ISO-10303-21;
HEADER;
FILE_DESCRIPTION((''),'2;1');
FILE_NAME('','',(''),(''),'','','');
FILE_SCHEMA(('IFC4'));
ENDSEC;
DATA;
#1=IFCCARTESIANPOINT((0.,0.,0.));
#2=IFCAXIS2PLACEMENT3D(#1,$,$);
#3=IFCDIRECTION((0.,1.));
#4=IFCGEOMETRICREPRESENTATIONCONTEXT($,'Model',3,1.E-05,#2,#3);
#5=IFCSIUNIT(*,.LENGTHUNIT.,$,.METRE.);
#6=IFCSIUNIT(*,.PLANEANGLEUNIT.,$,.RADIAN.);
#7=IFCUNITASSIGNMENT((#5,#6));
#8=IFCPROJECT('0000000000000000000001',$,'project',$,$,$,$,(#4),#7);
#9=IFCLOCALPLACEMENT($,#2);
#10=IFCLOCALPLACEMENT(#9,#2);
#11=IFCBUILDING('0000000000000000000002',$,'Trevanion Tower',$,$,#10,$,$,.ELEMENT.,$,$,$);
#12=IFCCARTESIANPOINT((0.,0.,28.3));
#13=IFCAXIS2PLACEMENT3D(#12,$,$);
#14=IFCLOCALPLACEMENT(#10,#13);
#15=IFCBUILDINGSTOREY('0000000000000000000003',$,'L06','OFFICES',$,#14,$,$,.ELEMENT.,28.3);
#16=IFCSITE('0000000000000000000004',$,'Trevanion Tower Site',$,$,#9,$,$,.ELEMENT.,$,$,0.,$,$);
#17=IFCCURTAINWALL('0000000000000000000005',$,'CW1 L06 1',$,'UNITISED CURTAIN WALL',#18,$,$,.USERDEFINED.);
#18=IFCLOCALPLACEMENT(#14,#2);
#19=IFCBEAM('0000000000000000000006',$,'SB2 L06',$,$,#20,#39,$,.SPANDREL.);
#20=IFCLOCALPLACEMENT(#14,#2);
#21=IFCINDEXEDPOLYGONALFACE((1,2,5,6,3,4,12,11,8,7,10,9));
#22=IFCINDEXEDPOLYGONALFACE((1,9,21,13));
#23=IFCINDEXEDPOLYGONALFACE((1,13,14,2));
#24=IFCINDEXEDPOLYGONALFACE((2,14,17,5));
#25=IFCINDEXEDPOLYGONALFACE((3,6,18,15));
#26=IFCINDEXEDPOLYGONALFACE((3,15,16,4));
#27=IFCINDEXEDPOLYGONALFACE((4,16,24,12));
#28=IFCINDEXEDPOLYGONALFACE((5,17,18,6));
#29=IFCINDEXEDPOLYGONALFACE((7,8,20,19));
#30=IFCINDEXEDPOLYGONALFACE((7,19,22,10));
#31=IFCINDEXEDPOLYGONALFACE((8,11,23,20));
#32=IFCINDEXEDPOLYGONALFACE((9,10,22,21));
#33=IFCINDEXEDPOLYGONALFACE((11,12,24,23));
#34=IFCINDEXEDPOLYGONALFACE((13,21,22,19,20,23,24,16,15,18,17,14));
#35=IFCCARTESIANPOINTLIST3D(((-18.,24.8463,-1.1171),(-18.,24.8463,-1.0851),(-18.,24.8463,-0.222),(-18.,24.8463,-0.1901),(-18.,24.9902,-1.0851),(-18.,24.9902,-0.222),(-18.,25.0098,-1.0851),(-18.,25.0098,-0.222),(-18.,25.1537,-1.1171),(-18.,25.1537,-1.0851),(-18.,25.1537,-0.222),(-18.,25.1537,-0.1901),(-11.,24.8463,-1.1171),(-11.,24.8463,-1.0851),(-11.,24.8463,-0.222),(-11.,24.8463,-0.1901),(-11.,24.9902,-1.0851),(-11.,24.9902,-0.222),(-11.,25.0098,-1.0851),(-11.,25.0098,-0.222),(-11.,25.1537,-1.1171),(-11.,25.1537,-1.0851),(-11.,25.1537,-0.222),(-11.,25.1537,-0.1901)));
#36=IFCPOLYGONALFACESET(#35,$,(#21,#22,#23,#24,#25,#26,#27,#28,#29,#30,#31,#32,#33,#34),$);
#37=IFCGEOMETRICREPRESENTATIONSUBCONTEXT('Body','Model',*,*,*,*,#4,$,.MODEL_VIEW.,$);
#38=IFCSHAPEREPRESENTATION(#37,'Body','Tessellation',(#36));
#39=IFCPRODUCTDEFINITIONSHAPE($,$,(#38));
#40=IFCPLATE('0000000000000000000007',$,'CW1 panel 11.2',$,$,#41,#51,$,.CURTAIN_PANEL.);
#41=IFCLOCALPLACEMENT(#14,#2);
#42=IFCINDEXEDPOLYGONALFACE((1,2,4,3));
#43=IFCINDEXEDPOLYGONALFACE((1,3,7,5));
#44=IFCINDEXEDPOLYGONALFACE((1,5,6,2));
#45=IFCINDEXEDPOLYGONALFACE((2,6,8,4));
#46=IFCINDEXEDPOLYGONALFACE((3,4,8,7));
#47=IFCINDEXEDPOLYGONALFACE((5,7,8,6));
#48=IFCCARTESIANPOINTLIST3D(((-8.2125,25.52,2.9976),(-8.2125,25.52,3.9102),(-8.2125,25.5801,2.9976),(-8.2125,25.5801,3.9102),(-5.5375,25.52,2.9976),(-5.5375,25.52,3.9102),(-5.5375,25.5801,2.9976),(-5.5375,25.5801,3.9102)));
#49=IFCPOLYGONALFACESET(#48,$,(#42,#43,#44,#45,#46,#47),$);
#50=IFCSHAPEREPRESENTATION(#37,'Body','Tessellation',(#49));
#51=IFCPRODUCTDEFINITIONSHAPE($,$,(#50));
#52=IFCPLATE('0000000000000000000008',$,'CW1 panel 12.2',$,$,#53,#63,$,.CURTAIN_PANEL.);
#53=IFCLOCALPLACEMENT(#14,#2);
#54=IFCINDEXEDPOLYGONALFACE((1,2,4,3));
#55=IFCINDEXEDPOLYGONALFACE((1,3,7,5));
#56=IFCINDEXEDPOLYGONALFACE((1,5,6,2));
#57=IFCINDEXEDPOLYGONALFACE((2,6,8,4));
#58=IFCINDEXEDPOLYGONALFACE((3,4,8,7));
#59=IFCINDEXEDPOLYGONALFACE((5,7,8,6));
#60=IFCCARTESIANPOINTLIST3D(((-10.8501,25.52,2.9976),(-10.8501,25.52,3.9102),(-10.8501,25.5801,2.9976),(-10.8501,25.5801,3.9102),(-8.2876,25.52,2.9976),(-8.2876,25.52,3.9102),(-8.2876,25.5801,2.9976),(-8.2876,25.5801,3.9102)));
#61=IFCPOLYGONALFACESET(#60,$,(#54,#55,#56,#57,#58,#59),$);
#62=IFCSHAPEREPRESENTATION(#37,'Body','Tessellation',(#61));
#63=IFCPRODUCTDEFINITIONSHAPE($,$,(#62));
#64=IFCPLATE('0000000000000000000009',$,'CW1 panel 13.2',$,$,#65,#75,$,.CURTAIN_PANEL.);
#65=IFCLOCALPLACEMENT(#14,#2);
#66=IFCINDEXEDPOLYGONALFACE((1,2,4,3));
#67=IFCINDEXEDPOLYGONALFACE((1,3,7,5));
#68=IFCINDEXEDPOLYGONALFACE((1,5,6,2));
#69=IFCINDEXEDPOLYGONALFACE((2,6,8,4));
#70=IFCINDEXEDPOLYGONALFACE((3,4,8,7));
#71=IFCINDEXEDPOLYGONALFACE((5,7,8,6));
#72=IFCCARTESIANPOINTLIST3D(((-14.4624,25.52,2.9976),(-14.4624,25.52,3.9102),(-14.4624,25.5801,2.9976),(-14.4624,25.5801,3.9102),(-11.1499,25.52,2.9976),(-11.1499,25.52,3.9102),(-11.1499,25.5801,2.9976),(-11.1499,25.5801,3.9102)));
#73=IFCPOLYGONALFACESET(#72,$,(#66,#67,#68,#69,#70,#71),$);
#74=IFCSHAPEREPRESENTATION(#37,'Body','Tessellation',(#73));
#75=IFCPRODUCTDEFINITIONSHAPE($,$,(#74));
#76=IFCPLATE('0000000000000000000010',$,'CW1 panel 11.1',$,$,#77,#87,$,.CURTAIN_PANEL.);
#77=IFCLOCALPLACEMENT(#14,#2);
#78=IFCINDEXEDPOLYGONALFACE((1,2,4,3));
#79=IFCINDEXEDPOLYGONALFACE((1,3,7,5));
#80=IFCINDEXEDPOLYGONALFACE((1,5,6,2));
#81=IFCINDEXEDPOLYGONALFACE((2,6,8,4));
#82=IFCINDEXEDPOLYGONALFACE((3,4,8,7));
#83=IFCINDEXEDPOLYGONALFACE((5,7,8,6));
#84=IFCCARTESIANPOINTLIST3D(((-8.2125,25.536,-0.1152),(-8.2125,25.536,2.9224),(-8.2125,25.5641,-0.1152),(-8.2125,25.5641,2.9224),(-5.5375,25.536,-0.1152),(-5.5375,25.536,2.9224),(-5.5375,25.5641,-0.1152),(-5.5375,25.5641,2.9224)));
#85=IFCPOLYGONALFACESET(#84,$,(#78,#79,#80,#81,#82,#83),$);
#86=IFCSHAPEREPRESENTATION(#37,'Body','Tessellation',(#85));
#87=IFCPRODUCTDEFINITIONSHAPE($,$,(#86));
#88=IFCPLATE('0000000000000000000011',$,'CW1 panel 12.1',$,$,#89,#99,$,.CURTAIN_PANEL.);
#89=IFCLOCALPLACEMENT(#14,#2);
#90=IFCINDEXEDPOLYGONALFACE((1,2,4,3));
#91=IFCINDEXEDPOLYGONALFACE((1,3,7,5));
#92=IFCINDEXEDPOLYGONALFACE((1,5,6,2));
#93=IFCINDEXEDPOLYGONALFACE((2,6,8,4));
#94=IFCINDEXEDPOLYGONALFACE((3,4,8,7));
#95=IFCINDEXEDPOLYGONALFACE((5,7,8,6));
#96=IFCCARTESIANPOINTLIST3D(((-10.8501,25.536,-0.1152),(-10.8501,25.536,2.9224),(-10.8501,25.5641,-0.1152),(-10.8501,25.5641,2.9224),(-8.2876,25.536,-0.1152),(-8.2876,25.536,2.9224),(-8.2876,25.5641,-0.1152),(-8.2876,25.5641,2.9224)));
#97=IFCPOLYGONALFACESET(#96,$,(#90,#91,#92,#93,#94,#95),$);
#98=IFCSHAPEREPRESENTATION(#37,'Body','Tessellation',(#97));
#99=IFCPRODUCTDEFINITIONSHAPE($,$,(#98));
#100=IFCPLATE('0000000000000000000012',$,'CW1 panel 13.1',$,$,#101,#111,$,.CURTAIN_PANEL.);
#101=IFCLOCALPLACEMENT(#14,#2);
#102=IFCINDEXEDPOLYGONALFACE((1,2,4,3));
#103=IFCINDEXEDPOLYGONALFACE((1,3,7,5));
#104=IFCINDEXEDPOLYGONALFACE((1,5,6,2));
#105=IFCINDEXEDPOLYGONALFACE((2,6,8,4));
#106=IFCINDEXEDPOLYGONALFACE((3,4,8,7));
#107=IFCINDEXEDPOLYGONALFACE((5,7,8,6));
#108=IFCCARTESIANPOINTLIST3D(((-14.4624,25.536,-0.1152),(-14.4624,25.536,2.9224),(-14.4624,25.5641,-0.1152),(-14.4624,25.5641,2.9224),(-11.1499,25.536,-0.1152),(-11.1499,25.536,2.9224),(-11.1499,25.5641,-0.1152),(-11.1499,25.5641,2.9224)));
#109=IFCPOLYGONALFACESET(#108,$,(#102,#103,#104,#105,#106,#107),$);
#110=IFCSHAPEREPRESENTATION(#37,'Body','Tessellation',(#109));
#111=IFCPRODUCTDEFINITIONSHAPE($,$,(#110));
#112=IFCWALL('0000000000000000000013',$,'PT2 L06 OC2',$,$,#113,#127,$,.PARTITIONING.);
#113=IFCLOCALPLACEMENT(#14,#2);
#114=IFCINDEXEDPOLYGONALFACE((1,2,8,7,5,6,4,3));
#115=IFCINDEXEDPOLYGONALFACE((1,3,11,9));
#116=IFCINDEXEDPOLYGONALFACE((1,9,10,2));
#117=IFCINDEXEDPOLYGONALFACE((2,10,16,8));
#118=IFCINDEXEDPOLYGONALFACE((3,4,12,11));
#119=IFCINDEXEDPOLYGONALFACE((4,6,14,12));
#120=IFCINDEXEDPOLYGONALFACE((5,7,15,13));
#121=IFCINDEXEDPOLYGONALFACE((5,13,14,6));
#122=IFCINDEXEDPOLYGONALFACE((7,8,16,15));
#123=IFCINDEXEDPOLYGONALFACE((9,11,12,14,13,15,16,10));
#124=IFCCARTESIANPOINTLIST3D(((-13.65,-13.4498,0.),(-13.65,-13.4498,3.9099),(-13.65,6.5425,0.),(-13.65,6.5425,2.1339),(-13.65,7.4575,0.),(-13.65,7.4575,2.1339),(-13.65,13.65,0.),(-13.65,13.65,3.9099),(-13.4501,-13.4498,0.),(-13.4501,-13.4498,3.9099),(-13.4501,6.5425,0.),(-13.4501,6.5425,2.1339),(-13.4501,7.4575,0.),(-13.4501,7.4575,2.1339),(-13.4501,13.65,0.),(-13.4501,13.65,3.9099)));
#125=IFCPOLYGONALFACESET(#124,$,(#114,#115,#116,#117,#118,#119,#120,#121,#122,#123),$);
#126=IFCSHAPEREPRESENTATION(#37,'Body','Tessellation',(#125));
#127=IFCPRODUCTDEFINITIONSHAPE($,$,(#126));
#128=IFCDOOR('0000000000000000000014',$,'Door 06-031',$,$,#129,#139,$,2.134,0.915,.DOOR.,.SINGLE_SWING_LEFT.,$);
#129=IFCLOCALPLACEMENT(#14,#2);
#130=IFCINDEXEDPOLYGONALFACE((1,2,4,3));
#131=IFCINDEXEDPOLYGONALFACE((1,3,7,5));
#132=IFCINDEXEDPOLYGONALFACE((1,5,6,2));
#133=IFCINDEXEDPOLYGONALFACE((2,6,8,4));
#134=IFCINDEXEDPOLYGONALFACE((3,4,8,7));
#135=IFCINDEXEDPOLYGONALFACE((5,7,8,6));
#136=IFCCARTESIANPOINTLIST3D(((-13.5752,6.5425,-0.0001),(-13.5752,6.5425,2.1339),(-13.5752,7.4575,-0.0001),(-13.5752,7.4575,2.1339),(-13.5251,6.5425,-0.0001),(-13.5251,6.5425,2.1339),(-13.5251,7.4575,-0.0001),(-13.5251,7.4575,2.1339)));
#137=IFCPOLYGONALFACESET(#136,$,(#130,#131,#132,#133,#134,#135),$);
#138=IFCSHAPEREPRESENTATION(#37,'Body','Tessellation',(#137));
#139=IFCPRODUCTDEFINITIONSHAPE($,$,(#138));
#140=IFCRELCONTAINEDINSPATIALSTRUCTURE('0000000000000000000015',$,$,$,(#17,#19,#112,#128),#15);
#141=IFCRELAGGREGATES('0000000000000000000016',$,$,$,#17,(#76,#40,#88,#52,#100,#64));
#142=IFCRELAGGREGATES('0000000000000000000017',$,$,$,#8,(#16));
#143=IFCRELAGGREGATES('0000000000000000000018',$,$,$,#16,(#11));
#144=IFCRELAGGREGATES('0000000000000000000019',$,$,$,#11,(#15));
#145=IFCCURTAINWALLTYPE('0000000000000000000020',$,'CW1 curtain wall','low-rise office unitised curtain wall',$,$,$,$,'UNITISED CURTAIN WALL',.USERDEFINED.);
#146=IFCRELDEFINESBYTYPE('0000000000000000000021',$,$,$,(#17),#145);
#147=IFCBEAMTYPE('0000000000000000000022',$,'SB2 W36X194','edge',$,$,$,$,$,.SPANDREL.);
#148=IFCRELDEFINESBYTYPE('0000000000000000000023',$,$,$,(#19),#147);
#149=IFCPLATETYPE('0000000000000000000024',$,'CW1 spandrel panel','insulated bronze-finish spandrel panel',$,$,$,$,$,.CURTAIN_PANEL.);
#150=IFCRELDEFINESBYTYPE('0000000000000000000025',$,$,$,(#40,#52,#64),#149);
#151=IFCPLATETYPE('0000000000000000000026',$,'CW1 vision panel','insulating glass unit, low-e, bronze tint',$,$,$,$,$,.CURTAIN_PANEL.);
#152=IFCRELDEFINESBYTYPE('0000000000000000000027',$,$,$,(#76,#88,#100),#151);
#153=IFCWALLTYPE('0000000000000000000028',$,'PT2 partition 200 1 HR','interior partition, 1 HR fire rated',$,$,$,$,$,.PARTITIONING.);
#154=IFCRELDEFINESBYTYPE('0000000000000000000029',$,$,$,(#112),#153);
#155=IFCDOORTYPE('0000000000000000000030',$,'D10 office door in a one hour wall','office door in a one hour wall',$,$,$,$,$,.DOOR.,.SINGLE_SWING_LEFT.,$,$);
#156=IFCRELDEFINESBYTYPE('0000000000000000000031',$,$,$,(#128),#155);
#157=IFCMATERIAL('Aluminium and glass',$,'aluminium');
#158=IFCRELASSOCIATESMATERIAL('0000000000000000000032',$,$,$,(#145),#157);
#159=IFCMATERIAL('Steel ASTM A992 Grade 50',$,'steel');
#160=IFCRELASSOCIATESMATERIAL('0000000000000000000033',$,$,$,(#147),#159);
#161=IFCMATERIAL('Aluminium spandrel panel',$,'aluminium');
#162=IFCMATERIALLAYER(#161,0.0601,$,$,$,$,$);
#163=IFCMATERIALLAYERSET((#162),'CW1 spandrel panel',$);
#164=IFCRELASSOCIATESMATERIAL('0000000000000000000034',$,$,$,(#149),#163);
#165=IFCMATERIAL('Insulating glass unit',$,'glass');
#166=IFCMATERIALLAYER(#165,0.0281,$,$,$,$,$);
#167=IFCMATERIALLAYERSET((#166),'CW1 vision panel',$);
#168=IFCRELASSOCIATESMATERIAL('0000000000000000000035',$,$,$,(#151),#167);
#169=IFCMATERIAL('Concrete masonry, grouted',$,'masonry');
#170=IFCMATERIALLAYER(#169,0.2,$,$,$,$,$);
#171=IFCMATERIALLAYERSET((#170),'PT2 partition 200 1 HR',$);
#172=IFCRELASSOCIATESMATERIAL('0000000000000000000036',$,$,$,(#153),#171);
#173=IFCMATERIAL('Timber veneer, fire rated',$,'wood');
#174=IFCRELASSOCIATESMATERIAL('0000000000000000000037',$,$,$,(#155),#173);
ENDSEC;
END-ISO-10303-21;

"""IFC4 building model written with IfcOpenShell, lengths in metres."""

from ifc_helpers import new_model, si_unit, direction, frame, frame_2d, origin, origin_2d, place, context, subcontext, project, spatial, rectangle, i_section, extrude, material, layer, layer_set, material_profile, profile_set, type_object, element, fill, aggregate, save


model = new_model("IFC4")

# Units and contexts
model_context = context("Model", 3, precision=1e-05, world=origin(), true_north=direction((0.0, 1.0)))
body_context = subcontext(model_context, "Body", "Model", "MODEL_VIEW")
ifc_project = project(units=[si_unit("LENGTHUNIT", "METRE"), si_unit("PLANEANGLEUNIT", "RADIAN")], contexts=[model_context])

# Site, building, storey
site_placement = place(None, origin())
site = spatial("IfcSite", under=ifc_project, at=site_placement, Name="Trevanion Tower Site", CompositionType="ELEMENT", RefElevation=0.0)
building_placement = place(site_placement, origin())
building = spatial("IfcBuilding", under=site, at=building_placement, Name="Trevanion Tower", CompositionType="ELEMENT")
storey_placement = place(building_placement, frame((0.0, 0.0, 28.3)))
storey = spatial("IfcBuildingStorey", under=building, at=storey_placement, Name="L06", Description="OFFICES", CompositionType="ELEMENT", Elevation=28.3)

# Curtain wall
ifc_material_1 = material(Name="Aluminium and glass", Category="aluminium")
curtain_wall_type = type_object("IfcCurtainWallType", Name="CW1 curtain wall", Description="low-rise office unitised curtain wall", ElementType="UNITISED CURTAIN WALL", PredefinedType="USERDEFINED", material=ifc_material_1)
curtain_wall_placement = place(storey_placement, origin())
curtain_wall = element("IfcCurtainWall", 1, at=curtain_wall_placement, inside=storey, type_object=curtain_wall_type, Name="CW1 L06 1", ObjectType="UNITISED CURTAIN WALL", PredefinedType="USERDEFINED")

# Beam
ifc_material_2 = material(Name="Steel ASTM A992 Grade 50", Category="steel")
ifc_material_profile_1 = material_profile(ifc_material_2, i_section(OverallWidth=0.3074, OverallDepth=0.927, WebThickness=0.0195, FlangeThickness=0.032, at=origin_2d()), Name="W36X194")
ifc_profile_set_1 = profile_set([ifc_material_profile_1], Name="Steel ASTM A992 Grade 50")
beam_type_1 = type_object("IfcBeamType", Name="SB2 W36X194", Description="edge", PredefinedType="SPANDREL", material=ifc_profile_set_1)
beam_placement = place(storey_placement, frame((-11.0, 25.0, -0.6536), z_axis=(-1.0, 0.0, 0.0), x_axis=(0.0, -1.0, 0.0)))
element("IfcBeam", 2, at=beam_placement, inside=storey, type_object=beam_type_1, Name="SB2 L06", PredefinedType="SPANDREL", context=body_context, shape_type="SweptSolid", body=[
    extrude(i_section(OverallWidth=0.3074, OverallDepth=0.927, WebThickness=0.0195, FlangeThickness=0.032, at=origin_2d()), origin(), (0.0, 0.0, 1.0), 7.0),
])

# Plates
ifc_material_3 = material(Name="Aluminium spandrel panel", Category="aluminium")
ifc_layer_1 = layer(ifc_material_3, 0.0601)
ifc_layer_set_1 = layer_set([ifc_layer_1], Name="CW1 spandrel panel")
plate_type_1 = type_object("IfcPlateType", Name="CW1 spandrel panel", Description="insulated bronze-finish spandrel panel", PredefinedType="CURTAIN_PANEL", material=ifc_layer_set_1)
plate_1_placement = place(storey_placement, frame((-6.875, 25.55, 2.9976), z_axis=(0.0, 0.0, 1.0), x_axis=(-1.0, 0.0, 0.0)))
plate_1 = element("IfcPlate", 3, at=plate_1_placement, type_object=plate_type_1, Name="CW1 panel 11.2", PredefinedType="CURTAIN_PANEL", context=body_context, shape_type="SweptSolid", body=[
    extrude(rectangle(XDim=2.675, YDim=0.0601, at=origin_2d()), origin(), (0.0, 0.0, 1.0), 0.9126),
])
plate_2_placement = place(storey_placement, frame((-9.5688, 25.55, 2.9976), z_axis=(0.0, 0.0, 1.0), x_axis=(-1.0, 0.0, 0.0)))
plate_2 = element("IfcPlate", 4, at=plate_2_placement, type_object=plate_type_1, Name="CW1 panel 12.2", PredefinedType="CURTAIN_PANEL", context=body_context, shape_type="SweptSolid", body=[
    extrude(rectangle(XDim=2.5625, YDim=0.0601, at=origin_2d()), origin(), (0.0, 0.0, 1.0), 0.9126),
])
plate_3_placement = place(storey_placement, frame((-12.8062, 25.55, 2.9976), z_axis=(0.0, 0.0, 1.0), x_axis=(-1.0, 0.0, 0.0)))
plate_3 = element("IfcPlate", 5, at=plate_3_placement, type_object=plate_type_1, Name="CW1 panel 13.2", PredefinedType="CURTAIN_PANEL", context=body_context, shape_type="SweptSolid", body=[
    extrude(rectangle(XDim=3.3125, YDim=0.0601, at=origin_2d()), origin(), (0.0, 0.0, 1.0), 0.9126),
])
ifc_material_4 = material(Name="Insulating glass unit", Category="glass")
ifc_layer_2 = layer(ifc_material_4, 0.0281)
ifc_layer_set_2 = layer_set([ifc_layer_2], Name="CW1 vision panel")
plate_type_2 = type_object("IfcPlateType", Name="CW1 vision panel", Description="insulating glass unit, low-e, bronze tint", PredefinedType="CURTAIN_PANEL", material=ifc_layer_set_2)
plate_4_placement = place(storey_placement, frame((-6.875, 25.55, -0.1152), z_axis=(0.0, 0.0, 1.0), x_axis=(-1.0, 0.0, 0.0)))
plate_4 = element("IfcPlate", 6, at=plate_4_placement, type_object=plate_type_2, Name="CW1 panel 11.1", PredefinedType="CURTAIN_PANEL", context=body_context, shape_type="SweptSolid", body=[
    extrude(rectangle(XDim=2.675, YDim=0.0281, at=origin_2d()), origin(), (0.0, 0.0, 1.0), 3.0376),
])
plate_5_placement = place(storey_placement, frame((-9.5688, 25.55, -0.1152), z_axis=(0.0, 0.0, 1.0), x_axis=(-1.0, 0.0, 0.0)))
plate_5 = element("IfcPlate", 7, at=plate_5_placement, type_object=plate_type_2, Name="CW1 panel 12.1", PredefinedType="CURTAIN_PANEL", context=body_context, shape_type="SweptSolid", body=[
    extrude(rectangle(XDim=2.5625, YDim=0.0281, at=origin_2d()), origin(), (0.0, 0.0, 1.0), 3.0376),
])
plate_6_placement = place(storey_placement, frame((-12.8062, 25.55, -0.1152), z_axis=(0.0, 0.0, 1.0), x_axis=(-1.0, 0.0, 0.0)))
plate_6 = element("IfcPlate", 8, at=plate_6_placement, type_object=plate_type_2, Name="CW1 panel 13.1", PredefinedType="CURTAIN_PANEL", context=body_context, shape_type="SweptSolid", body=[
    extrude(rectangle(XDim=3.3125, YDim=0.0281, at=origin_2d()), origin(), (0.0, 0.0, 1.0), 3.0376),
])
aggregate(curtain_wall, [plate_4, plate_1, plate_5, plate_2, plate_6, plate_3])

# Wall, opening, door
ifc_material_5 = material(Name="Concrete masonry, grouted", Category="masonry")
ifc_layer_3 = layer(ifc_material_5, 0.2)
ifc_layer_set_3 = layer_set([ifc_layer_3], Name="PT2 partition 200 1 HR")
wall_type = type_object("IfcWallType", Name="PT2 partition 200 1 HR", Description="interior partition, 1 HR fire rated", PredefinedType="PARTITIONING", material=ifc_layer_set_3)
wall_placement = place(storey_placement, frame((-13.55, 13.6499, 0.0), z_axis=(0.0, 0.0, 1.0), x_axis=(0.0, -1.0, 0.0)))
wall = element("IfcWall", 9, at=wall_placement, inside=storey, type_object=wall_type, Name="PT2 L06 OC2", PredefinedType="PARTITIONING", context=body_context, shape_type="SweptSolid", body=[
    extrude(rectangle(XDim=27.0999, YDim=0.2, at=frame_2d((13.5498, 0.0))), origin(), (0.0, 0.0, 1.0), 3.9099),
])
opening_placement = place(wall_placement, frame((6.1924, 0.0, 0.0)))
opening = element("IfcOpeningElement", 10, at=opening_placement, cuts=wall, PredefinedType="OPENING", context=body_context, shape_type="SweptSolid", body=[
    extrude(rectangle(XDim=0.915, YDim=2.134, at=frame_2d((0.4575, 1.0669))), frame((0.0, 0.1099, 0.0), z_axis=(0.0, -1.0, 0.0), x_axis=(1.0, 0.0, 0.0)), (0.0, 0.0, 1.0), 0.22),
])
ifc_material_6 = material(Name="Timber veneer, fire rated", Category="wood")
door_type = type_object("IfcDoorType", Name="D10 office door in a one hour wall", Description="office door in a one hour wall", OperationType="SINGLE_SWING_LEFT", PredefinedType="DOOR", material=ifc_material_6)
door_placement = place(opening_placement, origin())
door = element("IfcDoor", 11, at=door_placement, inside=storey, type_object=door_type, Name="Door 06-031", OperationType="SINGLE_SWING_LEFT", OverallHeight=2.134, OverallWidth=0.915, PredefinedType="DOOR", context=body_context, shape_type="SweptSolid", body=[
    extrude(rectangle(XDim=0.915, YDim=2.134, at=frame_2d((0.4575, 1.0669))), frame((0.0, 0.0249, 0.0), z_axis=(0.0, -1.0, 0.0), x_axis=(1.0, 0.0, 0.0)), (0.0, 0.0, 1.0), 0.05),
])
fill(opening, door)

save(model, "model.ifc")
